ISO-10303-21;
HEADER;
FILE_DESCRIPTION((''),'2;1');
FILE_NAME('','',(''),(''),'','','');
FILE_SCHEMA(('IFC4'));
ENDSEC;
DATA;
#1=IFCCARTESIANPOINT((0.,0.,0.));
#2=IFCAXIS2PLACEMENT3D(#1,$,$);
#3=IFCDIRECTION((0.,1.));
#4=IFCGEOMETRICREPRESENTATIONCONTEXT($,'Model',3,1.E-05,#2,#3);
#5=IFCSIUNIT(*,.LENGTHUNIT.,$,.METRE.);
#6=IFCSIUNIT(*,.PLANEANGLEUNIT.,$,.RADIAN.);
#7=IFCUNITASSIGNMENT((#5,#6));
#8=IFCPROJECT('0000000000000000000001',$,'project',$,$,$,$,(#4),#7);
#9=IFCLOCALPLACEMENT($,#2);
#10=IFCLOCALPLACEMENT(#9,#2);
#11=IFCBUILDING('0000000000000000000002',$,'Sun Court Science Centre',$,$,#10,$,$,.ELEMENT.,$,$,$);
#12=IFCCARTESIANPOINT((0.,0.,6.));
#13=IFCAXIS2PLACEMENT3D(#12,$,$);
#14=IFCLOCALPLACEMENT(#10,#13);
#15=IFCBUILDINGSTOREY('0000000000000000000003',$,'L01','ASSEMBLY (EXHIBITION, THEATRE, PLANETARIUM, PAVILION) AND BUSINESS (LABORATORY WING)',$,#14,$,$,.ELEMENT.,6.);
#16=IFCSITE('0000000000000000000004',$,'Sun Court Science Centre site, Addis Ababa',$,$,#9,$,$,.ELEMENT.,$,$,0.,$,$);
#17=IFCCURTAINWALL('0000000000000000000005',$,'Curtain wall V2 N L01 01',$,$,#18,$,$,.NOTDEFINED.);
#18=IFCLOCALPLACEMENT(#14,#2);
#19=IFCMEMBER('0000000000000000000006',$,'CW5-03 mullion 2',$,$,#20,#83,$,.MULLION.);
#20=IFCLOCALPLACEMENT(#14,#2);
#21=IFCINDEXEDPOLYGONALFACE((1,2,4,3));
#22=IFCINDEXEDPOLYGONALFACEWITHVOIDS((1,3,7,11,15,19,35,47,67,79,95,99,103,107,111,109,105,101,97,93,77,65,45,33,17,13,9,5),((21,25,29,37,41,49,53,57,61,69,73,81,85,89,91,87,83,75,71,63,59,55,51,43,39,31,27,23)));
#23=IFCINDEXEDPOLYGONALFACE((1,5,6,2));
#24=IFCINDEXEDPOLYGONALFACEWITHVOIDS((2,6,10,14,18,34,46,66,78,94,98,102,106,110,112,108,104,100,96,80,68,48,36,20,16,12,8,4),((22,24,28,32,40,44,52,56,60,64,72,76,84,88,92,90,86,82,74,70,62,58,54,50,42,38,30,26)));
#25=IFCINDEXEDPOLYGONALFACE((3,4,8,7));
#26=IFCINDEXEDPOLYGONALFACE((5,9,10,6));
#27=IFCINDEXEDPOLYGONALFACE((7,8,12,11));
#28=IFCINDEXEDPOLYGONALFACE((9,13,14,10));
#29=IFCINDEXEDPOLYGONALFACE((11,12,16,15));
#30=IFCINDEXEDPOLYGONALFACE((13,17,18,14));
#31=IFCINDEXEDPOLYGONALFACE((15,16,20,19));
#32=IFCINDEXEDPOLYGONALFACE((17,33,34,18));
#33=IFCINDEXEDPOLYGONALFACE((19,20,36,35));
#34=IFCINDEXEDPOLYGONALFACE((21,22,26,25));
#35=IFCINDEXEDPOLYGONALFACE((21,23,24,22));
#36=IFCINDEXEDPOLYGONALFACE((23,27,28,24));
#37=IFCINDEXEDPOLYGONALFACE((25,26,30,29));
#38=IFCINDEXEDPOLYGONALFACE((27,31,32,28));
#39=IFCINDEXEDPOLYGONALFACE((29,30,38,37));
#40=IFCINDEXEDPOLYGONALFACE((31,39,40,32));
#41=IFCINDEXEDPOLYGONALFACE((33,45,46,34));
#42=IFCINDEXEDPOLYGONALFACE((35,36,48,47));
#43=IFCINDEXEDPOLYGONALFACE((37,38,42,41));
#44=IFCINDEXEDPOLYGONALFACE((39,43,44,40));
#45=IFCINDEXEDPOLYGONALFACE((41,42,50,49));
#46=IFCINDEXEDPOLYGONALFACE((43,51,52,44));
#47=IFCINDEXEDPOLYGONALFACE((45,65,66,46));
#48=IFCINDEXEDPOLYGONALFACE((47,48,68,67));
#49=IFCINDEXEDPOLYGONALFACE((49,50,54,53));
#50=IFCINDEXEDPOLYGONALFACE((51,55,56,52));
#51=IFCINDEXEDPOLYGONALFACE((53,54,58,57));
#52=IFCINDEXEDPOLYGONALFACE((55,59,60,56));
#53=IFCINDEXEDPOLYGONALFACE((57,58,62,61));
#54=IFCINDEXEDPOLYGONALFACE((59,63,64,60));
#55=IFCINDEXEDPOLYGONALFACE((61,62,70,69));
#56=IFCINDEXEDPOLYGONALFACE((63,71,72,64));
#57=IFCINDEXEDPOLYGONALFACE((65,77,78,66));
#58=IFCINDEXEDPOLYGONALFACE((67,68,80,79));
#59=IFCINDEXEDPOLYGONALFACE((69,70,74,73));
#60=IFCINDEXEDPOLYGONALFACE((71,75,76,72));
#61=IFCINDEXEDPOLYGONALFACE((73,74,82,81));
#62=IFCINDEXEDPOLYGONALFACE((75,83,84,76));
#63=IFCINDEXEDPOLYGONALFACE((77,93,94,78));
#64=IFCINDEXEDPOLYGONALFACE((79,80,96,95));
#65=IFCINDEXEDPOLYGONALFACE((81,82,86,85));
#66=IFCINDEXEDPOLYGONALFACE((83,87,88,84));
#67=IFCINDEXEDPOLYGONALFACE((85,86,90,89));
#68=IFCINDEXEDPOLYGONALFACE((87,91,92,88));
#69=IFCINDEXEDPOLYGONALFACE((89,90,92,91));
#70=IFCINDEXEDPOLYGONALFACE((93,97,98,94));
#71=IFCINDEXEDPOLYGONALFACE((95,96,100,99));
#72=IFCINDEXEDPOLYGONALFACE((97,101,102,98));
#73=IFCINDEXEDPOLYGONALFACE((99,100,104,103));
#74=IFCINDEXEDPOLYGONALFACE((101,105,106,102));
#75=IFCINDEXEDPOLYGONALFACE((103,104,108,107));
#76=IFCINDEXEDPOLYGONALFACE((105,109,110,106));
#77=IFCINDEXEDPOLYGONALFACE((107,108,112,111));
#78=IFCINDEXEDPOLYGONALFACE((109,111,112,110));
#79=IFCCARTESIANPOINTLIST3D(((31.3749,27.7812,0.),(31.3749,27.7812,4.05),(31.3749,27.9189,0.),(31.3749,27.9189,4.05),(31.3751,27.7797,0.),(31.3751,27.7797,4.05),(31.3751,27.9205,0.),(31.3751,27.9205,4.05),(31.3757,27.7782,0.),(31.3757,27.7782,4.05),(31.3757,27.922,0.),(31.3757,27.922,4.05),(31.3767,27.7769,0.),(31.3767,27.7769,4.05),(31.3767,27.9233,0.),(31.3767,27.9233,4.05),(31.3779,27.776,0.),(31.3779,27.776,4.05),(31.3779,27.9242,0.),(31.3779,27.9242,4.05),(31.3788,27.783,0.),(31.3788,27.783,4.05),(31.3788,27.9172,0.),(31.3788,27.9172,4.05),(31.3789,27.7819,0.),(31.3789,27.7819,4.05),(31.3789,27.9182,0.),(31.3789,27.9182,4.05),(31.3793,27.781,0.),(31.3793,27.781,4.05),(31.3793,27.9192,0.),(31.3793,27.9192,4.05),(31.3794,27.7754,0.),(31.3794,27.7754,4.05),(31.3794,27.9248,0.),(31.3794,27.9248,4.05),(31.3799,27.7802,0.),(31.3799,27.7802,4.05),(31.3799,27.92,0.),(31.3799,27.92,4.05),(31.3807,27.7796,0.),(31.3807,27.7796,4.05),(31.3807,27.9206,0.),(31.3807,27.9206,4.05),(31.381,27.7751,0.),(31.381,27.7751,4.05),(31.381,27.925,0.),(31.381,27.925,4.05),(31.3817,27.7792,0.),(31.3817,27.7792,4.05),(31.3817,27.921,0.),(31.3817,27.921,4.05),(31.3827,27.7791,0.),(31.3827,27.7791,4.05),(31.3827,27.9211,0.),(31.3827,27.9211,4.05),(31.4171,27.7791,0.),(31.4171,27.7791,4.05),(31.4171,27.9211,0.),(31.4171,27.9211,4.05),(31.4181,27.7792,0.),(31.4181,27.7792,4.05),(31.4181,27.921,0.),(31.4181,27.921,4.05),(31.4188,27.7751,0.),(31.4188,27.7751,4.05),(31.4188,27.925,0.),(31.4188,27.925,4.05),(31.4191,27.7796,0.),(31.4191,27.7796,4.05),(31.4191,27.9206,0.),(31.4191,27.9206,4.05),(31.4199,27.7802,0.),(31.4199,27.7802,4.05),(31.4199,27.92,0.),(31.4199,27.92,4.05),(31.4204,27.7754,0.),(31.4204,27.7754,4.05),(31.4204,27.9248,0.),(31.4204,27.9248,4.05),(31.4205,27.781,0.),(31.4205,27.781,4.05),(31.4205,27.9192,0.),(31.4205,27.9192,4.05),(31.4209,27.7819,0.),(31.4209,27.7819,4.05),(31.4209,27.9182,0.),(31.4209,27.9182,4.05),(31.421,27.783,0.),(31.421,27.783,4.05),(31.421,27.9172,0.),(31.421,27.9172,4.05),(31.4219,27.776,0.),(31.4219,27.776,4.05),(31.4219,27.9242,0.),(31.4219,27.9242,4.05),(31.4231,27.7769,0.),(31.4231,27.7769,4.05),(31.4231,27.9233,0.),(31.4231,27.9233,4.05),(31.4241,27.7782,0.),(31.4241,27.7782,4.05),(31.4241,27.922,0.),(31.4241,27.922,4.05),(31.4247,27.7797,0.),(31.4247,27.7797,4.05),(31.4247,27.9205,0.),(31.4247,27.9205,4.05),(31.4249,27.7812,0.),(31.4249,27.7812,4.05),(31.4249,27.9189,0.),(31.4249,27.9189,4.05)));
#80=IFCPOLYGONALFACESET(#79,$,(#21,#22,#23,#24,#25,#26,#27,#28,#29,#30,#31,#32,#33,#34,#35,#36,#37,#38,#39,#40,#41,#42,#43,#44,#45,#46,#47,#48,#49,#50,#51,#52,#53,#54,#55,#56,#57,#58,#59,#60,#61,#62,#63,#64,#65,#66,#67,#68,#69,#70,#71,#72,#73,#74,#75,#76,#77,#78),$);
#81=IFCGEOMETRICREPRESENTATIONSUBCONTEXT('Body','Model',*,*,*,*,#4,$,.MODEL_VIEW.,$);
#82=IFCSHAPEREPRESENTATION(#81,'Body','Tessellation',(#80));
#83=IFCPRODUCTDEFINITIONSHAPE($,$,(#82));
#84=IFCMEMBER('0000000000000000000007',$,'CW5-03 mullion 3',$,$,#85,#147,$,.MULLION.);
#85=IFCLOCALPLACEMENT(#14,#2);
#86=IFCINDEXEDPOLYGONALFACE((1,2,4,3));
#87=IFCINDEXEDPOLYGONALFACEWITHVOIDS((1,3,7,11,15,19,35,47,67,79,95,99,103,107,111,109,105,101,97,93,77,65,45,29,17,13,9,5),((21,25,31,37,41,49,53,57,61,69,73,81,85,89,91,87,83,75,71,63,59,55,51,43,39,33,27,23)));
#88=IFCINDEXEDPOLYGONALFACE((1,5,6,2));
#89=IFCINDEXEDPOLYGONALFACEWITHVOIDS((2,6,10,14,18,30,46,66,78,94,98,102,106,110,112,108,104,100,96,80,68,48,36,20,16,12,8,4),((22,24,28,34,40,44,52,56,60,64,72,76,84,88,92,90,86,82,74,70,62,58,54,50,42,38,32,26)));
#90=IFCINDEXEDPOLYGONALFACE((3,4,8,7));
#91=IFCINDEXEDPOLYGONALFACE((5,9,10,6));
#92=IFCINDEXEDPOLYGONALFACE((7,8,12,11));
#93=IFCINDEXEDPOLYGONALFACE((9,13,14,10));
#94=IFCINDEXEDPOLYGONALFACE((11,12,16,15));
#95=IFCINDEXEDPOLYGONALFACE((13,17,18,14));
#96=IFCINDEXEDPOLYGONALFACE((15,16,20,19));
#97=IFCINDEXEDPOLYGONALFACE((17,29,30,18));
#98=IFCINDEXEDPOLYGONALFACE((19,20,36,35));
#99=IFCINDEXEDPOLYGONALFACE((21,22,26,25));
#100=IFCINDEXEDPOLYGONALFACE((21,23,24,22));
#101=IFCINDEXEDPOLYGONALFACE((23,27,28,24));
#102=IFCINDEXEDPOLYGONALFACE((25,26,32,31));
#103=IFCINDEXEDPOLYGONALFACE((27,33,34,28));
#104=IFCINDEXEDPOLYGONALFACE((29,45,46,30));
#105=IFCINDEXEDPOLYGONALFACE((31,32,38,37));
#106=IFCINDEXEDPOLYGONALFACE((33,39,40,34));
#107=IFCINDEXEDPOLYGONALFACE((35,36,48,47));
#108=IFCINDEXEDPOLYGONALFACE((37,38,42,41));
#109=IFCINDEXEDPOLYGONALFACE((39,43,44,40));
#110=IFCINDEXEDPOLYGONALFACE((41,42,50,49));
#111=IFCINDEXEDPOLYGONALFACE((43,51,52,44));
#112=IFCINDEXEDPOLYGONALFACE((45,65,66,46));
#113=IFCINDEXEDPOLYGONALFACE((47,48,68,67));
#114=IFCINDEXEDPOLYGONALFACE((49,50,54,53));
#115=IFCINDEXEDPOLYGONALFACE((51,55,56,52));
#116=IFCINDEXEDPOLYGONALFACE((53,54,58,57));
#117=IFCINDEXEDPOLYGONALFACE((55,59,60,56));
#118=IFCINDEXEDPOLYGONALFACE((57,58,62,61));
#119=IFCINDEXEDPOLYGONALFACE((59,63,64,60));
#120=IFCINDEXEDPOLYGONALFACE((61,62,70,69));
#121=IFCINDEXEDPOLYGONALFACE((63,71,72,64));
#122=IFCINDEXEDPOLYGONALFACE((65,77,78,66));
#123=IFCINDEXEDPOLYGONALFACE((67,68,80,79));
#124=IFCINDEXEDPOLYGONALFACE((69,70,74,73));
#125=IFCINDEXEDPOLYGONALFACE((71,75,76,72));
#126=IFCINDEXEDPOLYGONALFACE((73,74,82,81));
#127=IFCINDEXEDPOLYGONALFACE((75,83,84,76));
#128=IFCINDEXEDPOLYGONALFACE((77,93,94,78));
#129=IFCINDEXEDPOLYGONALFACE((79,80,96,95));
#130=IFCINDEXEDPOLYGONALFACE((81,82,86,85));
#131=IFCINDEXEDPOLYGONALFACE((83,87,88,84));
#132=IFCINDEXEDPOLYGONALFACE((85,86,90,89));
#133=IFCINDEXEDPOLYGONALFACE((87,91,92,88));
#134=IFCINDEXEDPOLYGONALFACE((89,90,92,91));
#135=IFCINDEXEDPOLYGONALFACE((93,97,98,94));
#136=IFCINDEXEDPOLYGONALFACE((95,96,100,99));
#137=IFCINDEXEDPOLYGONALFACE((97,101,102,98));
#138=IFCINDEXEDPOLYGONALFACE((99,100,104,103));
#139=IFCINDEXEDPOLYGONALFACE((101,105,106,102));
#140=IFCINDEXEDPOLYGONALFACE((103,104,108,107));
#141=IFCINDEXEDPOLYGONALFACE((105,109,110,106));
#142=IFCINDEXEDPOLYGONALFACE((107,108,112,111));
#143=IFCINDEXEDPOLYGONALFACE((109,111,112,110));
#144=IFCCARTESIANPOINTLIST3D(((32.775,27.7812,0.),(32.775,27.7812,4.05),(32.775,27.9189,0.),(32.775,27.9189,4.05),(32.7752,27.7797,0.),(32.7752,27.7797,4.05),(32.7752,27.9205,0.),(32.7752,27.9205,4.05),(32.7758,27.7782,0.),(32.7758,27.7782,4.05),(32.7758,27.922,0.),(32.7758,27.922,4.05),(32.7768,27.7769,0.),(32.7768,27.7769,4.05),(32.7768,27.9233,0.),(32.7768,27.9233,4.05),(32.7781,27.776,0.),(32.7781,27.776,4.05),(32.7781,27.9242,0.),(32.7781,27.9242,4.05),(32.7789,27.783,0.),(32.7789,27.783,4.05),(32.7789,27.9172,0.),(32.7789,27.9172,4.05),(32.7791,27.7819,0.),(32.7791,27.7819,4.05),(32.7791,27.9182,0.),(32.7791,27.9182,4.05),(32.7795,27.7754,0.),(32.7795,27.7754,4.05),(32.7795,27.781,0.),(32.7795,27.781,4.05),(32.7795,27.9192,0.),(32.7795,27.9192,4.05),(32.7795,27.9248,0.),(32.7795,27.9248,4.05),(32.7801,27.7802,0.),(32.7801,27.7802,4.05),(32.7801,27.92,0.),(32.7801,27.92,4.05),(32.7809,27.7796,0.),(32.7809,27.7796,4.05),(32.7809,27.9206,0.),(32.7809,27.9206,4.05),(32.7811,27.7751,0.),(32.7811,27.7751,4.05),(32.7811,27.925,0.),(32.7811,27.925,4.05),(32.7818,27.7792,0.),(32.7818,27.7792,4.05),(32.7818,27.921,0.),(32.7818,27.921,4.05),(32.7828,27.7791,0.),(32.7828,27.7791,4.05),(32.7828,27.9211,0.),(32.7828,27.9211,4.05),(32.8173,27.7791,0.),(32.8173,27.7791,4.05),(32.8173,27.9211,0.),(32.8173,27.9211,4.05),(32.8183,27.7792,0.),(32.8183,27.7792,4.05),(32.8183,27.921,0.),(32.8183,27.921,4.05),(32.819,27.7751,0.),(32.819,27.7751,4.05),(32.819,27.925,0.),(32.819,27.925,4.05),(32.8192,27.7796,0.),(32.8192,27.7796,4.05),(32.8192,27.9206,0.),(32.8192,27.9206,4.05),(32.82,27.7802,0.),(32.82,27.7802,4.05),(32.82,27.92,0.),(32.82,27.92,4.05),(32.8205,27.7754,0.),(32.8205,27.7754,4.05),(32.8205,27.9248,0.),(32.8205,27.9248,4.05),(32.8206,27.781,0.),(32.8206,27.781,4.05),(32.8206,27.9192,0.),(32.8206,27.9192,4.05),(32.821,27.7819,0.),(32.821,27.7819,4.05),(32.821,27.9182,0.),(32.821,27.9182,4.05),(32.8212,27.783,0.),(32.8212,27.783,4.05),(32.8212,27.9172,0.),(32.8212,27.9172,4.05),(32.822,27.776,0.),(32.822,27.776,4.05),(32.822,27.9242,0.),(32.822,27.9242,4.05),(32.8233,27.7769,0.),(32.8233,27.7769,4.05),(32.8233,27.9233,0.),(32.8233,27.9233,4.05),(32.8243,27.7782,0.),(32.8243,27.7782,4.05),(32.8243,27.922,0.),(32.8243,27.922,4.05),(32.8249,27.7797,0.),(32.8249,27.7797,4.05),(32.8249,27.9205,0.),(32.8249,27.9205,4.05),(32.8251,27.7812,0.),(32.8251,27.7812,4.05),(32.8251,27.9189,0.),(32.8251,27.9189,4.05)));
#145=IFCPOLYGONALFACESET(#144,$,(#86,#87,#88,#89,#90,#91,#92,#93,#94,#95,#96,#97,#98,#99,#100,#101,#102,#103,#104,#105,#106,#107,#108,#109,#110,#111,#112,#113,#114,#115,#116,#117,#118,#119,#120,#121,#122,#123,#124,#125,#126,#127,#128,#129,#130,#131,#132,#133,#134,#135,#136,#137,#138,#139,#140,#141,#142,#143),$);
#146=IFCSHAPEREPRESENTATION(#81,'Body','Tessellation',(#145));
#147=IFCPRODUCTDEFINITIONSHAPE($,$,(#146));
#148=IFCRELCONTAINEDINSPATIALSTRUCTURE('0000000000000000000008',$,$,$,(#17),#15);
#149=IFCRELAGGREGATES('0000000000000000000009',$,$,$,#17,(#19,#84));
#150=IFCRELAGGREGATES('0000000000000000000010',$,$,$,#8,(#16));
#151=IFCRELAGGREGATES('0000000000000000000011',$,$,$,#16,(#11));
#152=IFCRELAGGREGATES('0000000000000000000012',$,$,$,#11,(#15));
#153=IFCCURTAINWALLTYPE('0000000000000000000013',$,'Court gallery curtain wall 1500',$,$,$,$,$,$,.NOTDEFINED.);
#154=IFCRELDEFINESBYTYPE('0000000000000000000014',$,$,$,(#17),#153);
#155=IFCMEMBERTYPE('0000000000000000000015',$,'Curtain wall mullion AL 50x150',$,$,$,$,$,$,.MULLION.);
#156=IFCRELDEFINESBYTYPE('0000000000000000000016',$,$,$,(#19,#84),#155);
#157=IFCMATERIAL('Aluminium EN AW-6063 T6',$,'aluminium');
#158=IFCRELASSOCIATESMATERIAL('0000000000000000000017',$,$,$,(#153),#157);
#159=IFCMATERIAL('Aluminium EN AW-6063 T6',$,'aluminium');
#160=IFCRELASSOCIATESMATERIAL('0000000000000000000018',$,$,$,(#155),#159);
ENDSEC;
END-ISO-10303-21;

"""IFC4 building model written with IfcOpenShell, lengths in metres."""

from ifc_helpers import new_model, si_unit, direction, frame, origin, origin_2d, place, context, subcontext, project, spatial, hollow_rectangle, extrude, material, material_profile, profile_set, type_object, element, aggregate, save


model = new_model("IFC4")

# Units and contexts
model_context = context("Model", 3, precision=1e-05, world=origin(), true_north=direction((0.0, 1.0)))
body_context = subcontext(model_context, "Body", "Model", "MODEL_VIEW")
ifc_project = project(units=[si_unit("LENGTHUNIT", "METRE"), si_unit("PLANEANGLEUNIT", "RADIAN")], contexts=[model_context])

# Site, building, storey
site_placement = place(None, origin())
site = spatial("IfcSite", under=ifc_project, at=site_placement, Name="Sun Court Science Centre site, Addis Ababa", CompositionType="ELEMENT", RefElevation=0.0)
building_placement = place(site_placement, origin())
building = spatial("IfcBuilding", under=site, at=building_placement, Name="Sun Court Science Centre", CompositionType="ELEMENT")
storey_placement = place(building_placement, frame((0.0, 0.0, 6.0)))
storey = spatial("IfcBuildingStorey", under=building, at=storey_placement, Name="L01", Description="ASSEMBLY (EXHIBITION, THEATRE, PLANETARIUM, PAVILION) AND BUSINESS (LABORATORY WING)", CompositionType="ELEMENT", Elevation=6.0)

# Curtain wall, members
ifc_material_1 = material(Name="Aluminium EN AW-6063 T6", Category="aluminium")
curtain_wall_type = type_object("IfcCurtainWallType", Name="Court gallery curtain wall 1500", PredefinedType="NOTDEFINED", material=ifc_material_1)
curtain_wall_placement = place(storey_placement, origin())
curtain_wall = element("IfcCurtainWall", 1, at=curtain_wall_placement, inside=storey, type_object=curtain_wall_type, Name="Curtain wall V2 N L01 01", PredefinedType="NOTDEFINED")
ifc_material_2 = material(Name="Aluminium EN AW-6063 T6", Category="aluminium")
ifc_material_profile_1 = material_profile(ifc_material_2, hollow_rectangle(XDim=0.05, YDim=0.1499, WallThickness=0.0039, InnerFilletRadius=0.0039, OuterFilletRadius=0.0061, at=origin_2d()), Name="AL 50x150x4")
ifc_profile_set_1 = profile_set([ifc_material_profile_1], Name="Aluminium EN AW-6063 T6")
member_type_1 = type_object("IfcMemberType", Name="Curtain wall mullion AL 50x150", PredefinedType="MULLION", material=ifc_profile_set_1)
member_1_placement = place(storey_placement, frame((31.3999, 27.8501, 0.0), z_axis=(0.0, 0.0, 1.0), x_axis=(1.0, 0.0, 0.0)))
member_1 = element("IfcMember", 2, at=member_1_placement, type_object=member_type_1, Name="CW5-03 mullion 2", PredefinedType="MULLION", context=body_context, shape_type="SweptSolid", body=[
    extrude(hollow_rectangle(XDim=0.05, YDim=0.1499, WallThickness=0.0039, InnerFilletRadius=0.0039, OuterFilletRadius=0.0061, at=origin_2d()), origin(), (0.0, 0.0, 1.0), 4.05),
])
member_2_placement = place(storey_placement, frame((32.8, 27.8501, 0.0), z_axis=(0.0, 0.0, 1.0), x_axis=(1.0, 0.0, 0.0)))
member_2 = element("IfcMember", 3, at=member_2_placement, type_object=member_type_1, Name="CW5-03 mullion 3", PredefinedType="MULLION", context=body_context, shape_type="SweptSolid", body=[
    extrude(hollow_rectangle(XDim=0.05, YDim=0.1499, WallThickness=0.0039, InnerFilletRadius=0.0039, OuterFilletRadius=0.0061, at=origin_2d()), origin(), (0.0, 0.0, 1.0), 4.05),
])

aggregate(curtain_wall, [member_1, member_2])

save(model, "model.ifc")
